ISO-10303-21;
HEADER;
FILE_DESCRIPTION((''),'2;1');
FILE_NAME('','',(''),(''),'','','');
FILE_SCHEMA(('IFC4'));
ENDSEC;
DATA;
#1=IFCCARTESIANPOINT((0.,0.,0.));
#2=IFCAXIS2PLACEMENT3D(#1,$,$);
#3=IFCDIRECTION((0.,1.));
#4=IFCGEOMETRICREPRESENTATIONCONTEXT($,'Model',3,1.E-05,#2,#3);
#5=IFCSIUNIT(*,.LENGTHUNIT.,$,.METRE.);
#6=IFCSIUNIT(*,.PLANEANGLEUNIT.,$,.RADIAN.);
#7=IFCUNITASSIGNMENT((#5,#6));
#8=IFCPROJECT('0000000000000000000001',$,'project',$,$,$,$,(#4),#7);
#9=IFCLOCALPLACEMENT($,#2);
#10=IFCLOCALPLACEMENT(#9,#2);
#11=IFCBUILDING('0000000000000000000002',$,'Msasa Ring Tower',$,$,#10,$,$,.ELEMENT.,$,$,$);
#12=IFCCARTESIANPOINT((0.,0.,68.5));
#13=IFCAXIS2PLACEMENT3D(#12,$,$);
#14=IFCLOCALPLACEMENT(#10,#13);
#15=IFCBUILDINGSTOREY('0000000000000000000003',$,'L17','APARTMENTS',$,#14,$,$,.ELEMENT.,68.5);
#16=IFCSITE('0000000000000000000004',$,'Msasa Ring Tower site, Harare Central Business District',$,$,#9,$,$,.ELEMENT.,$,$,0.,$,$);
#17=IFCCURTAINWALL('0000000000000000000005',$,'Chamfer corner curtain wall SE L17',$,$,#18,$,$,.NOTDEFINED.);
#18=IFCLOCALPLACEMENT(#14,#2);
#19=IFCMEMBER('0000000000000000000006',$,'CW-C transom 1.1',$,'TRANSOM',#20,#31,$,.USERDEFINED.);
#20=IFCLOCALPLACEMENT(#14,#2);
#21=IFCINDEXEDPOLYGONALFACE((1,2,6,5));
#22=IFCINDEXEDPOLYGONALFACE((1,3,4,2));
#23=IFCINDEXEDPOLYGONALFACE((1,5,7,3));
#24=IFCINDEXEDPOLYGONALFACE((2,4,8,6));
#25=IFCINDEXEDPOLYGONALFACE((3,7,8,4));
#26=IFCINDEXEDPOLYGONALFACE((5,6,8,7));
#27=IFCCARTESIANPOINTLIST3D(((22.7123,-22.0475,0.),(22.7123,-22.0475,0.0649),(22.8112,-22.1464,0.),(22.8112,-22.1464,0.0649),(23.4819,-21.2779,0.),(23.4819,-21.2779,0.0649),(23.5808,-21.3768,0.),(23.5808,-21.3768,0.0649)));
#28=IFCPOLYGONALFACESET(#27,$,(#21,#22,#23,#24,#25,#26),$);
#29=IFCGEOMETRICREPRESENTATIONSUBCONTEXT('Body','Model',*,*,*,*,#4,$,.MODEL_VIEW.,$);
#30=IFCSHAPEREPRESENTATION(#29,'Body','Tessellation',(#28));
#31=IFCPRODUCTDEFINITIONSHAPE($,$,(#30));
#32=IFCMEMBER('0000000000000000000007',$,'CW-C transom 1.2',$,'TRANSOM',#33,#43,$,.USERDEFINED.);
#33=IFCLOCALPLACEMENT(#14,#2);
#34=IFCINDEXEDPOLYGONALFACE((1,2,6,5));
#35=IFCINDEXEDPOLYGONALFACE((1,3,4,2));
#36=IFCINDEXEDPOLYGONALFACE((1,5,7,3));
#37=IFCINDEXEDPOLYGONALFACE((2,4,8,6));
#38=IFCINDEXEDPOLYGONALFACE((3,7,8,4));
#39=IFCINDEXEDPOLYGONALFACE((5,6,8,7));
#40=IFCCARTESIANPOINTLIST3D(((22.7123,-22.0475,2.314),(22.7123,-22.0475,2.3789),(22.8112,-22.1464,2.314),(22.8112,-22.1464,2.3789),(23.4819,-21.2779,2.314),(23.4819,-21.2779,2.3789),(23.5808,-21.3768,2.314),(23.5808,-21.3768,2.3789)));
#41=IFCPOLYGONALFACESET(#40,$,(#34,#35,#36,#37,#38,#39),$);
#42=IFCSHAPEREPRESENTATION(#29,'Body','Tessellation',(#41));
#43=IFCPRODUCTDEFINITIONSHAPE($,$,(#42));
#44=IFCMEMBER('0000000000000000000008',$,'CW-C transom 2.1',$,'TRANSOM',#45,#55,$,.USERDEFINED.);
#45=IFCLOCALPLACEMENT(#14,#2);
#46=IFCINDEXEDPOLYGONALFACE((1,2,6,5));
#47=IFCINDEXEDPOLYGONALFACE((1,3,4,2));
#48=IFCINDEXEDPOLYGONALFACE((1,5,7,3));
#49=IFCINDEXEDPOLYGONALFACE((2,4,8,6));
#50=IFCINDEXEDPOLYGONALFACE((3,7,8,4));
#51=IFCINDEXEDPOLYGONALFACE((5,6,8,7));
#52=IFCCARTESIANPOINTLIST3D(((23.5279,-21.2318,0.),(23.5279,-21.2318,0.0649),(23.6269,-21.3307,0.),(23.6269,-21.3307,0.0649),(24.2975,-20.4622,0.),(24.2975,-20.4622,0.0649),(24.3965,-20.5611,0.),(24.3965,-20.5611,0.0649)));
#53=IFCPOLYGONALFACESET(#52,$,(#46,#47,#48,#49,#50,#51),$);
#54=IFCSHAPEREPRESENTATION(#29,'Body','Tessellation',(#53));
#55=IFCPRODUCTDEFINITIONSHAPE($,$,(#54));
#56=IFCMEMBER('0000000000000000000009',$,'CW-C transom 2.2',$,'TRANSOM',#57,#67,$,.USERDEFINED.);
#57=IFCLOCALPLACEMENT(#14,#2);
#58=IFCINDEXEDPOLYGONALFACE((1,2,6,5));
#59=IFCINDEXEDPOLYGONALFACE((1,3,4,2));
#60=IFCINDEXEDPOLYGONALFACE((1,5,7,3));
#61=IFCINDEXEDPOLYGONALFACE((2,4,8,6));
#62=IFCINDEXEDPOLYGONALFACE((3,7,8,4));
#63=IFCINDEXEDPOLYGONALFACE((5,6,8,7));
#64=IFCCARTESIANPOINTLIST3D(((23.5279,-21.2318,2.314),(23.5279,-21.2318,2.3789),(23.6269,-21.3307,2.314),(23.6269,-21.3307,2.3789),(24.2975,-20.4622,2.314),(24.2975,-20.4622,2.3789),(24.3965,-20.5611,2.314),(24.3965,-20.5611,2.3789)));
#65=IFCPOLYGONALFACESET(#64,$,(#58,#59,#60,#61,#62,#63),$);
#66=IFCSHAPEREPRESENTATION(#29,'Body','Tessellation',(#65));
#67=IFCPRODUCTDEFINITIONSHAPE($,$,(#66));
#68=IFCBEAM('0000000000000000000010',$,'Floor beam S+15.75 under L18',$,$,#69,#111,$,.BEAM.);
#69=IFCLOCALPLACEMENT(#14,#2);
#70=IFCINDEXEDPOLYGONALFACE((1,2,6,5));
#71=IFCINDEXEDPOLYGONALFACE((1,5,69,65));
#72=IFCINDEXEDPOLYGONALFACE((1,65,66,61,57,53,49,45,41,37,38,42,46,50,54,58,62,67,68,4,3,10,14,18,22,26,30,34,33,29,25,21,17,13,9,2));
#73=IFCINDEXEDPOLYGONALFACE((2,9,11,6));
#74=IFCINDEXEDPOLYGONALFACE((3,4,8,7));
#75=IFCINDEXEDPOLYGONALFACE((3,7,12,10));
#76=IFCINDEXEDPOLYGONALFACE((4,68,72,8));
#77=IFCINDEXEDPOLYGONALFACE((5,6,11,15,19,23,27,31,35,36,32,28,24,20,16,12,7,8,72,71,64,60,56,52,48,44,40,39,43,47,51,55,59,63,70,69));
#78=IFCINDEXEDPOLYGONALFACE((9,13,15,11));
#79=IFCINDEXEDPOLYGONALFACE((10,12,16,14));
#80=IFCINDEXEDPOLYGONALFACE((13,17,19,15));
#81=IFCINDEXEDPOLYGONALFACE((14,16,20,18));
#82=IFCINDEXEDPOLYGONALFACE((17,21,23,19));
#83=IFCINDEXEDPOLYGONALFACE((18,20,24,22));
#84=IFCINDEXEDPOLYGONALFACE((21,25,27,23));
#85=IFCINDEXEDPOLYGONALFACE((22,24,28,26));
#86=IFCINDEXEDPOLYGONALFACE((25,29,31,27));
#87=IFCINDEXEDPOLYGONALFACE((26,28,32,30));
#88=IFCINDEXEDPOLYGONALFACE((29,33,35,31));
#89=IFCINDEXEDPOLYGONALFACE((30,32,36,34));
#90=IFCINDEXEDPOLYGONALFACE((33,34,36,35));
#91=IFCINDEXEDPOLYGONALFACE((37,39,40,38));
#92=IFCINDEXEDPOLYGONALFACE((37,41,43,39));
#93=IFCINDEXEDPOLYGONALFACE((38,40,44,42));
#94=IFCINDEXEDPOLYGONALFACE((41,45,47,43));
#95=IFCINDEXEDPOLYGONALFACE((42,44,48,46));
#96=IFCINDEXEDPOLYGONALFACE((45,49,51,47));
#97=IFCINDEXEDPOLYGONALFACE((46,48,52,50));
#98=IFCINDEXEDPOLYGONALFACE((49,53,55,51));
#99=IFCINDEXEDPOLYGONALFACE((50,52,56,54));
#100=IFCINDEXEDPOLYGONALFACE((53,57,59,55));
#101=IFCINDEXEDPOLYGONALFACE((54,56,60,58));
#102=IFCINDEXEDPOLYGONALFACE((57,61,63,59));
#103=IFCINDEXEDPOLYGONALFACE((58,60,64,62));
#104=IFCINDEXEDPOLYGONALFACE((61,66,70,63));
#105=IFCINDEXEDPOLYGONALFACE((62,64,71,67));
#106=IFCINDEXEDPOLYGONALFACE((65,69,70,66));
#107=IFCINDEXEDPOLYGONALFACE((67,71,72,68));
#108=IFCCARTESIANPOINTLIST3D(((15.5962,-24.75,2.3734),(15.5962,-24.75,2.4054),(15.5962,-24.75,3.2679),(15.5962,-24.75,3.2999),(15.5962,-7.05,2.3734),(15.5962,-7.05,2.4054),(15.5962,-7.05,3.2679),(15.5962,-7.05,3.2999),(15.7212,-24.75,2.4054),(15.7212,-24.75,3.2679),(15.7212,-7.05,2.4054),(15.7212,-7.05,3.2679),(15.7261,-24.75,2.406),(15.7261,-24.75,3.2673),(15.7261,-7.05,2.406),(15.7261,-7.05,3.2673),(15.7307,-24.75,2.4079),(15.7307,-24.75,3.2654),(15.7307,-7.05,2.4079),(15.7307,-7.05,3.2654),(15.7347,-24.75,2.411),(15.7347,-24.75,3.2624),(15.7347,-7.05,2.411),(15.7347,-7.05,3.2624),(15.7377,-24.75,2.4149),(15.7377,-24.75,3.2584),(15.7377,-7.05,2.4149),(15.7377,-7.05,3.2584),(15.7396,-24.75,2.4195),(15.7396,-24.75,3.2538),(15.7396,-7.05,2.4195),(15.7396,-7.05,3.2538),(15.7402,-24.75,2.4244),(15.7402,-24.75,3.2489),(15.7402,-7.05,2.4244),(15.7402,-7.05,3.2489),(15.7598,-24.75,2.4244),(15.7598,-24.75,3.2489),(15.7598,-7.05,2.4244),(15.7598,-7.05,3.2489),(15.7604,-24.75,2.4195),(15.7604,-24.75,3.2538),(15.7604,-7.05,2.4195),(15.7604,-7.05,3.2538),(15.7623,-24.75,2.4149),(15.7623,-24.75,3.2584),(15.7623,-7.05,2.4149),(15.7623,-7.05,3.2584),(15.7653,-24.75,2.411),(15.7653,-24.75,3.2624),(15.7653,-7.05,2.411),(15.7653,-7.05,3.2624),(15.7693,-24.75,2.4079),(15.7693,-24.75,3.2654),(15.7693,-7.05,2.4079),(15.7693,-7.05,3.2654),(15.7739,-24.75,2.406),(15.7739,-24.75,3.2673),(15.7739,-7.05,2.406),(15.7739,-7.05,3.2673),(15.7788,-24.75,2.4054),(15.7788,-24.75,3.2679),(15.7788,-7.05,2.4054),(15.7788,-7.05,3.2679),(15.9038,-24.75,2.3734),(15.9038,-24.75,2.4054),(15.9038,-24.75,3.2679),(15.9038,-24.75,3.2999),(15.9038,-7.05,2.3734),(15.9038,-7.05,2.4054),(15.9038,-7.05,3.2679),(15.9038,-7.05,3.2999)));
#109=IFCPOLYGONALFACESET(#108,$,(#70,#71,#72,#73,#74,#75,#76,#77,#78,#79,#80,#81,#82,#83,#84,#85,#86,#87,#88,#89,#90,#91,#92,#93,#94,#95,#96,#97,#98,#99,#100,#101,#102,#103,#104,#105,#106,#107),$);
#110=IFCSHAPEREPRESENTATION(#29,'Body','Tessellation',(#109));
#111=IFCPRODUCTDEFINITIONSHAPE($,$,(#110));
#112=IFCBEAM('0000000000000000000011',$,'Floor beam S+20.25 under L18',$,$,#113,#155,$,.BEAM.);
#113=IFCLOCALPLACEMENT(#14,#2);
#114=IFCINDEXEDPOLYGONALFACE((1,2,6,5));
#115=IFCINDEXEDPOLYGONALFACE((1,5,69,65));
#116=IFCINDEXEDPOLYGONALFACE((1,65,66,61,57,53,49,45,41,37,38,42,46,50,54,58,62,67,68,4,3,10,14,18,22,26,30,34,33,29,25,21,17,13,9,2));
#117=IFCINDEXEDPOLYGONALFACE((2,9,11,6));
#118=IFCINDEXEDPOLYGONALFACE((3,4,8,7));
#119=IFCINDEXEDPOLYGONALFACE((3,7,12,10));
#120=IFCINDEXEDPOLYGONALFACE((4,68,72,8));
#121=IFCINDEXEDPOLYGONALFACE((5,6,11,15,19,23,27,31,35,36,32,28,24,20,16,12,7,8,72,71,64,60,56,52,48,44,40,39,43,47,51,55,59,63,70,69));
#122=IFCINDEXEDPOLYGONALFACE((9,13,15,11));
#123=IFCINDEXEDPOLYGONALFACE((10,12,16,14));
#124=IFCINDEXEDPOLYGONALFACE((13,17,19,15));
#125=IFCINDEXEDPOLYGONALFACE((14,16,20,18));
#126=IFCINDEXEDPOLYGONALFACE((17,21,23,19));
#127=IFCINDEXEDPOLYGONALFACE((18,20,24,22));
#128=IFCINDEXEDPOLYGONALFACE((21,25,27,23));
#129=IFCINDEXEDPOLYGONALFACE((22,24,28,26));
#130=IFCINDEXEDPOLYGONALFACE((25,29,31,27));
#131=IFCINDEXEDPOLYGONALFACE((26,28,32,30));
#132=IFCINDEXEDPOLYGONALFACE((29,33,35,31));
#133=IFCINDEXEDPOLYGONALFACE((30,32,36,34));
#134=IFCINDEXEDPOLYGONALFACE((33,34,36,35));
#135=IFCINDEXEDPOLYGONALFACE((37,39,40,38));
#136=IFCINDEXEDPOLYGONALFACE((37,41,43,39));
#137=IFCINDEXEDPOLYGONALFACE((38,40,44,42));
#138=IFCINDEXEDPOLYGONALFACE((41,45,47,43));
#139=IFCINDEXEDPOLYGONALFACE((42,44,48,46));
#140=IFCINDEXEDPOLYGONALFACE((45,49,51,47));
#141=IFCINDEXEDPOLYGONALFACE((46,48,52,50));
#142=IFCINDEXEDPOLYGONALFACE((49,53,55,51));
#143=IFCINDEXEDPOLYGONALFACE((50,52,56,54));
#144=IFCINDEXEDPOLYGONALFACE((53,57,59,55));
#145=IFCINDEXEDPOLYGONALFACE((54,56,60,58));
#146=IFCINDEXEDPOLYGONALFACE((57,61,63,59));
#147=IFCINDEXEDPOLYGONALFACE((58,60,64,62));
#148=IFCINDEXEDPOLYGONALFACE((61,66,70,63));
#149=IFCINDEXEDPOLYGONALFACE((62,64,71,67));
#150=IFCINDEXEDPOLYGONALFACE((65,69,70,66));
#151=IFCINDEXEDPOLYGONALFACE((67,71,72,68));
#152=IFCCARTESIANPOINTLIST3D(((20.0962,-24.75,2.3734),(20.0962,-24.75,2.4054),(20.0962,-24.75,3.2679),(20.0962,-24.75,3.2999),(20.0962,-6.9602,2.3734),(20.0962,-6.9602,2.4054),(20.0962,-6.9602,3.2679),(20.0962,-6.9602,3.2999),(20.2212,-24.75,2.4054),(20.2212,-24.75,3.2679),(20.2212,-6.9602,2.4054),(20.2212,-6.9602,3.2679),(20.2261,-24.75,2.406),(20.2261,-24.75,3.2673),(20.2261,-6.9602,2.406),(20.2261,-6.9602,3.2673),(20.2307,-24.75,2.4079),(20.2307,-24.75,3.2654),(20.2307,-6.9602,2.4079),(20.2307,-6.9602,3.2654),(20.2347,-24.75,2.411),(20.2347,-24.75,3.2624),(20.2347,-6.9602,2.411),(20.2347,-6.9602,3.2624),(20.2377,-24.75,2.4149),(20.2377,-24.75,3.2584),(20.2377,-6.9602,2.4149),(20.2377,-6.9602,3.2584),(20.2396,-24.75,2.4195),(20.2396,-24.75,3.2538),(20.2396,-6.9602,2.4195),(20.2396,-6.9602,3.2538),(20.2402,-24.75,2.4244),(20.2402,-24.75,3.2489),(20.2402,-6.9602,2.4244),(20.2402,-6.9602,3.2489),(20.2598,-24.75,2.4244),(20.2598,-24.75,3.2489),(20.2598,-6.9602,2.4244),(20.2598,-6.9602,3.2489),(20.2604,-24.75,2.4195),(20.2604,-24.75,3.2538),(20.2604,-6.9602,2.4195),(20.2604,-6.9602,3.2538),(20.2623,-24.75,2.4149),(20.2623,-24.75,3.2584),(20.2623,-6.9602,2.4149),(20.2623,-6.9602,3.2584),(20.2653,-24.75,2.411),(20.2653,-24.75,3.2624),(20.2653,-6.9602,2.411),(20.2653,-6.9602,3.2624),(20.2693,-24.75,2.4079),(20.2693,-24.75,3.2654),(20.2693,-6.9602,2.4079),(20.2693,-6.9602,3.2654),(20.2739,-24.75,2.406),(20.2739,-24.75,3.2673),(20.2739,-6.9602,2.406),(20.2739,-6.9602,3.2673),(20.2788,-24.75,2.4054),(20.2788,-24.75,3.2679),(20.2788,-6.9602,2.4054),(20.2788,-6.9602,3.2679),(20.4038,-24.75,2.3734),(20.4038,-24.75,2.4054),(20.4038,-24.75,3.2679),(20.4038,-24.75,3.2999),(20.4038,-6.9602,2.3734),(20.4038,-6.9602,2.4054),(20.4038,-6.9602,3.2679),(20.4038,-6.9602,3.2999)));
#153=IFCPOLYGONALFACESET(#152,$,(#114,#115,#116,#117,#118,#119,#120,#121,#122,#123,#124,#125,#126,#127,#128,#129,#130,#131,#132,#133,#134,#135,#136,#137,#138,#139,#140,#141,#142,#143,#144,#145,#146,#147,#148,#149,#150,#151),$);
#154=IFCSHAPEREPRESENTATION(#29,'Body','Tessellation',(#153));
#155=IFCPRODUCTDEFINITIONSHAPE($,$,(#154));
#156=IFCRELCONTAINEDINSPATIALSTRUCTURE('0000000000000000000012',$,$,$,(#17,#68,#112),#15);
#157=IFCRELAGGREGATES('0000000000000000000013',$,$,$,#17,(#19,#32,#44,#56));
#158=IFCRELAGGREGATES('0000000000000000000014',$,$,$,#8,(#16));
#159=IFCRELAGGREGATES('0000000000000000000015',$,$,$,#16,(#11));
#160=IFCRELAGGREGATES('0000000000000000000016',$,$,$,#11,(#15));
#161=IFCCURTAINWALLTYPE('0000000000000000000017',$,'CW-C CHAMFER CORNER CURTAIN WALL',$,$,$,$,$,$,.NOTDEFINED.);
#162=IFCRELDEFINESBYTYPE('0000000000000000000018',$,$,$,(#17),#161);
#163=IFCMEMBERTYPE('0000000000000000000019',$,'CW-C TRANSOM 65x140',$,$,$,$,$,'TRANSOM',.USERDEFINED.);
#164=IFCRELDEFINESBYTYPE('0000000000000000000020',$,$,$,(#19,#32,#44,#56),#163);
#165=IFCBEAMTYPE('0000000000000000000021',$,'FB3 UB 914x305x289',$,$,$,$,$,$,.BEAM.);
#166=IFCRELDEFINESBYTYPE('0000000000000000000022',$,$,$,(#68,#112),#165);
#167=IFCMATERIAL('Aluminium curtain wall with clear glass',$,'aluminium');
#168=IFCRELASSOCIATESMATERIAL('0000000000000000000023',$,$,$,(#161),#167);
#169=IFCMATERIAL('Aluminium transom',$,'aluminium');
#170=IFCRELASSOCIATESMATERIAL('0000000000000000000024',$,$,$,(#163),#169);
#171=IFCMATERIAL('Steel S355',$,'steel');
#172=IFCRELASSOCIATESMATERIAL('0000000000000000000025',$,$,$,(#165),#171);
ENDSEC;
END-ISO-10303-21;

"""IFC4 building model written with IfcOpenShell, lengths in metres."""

from ifc_helpers import new_model, si_unit, direction, frame, origin, origin_2d, place, context, subcontext, project, spatial, rectangle, i_section, extrude, material, material_profile, profile_set, type_object, element, aggregate, save


model = new_model("IFC4")

# Units and contexts
model_context = context("Model", 3, precision=1e-05, world=origin(), true_north=direction((0.0, 1.0)))
body_context = subcontext(model_context, "Body", "Model", "MODEL_VIEW")
ifc_project = project(units=[si_unit("LENGTHUNIT", "METRE"), si_unit("PLANEANGLEUNIT", "RADIAN")], contexts=[model_context])

# Site, building, storey
site_placement = place(None, origin())
site = spatial("IfcSite", under=ifc_project, at=site_placement, Name="Msasa Ring Tower site, Harare Central Business District", CompositionType="ELEMENT", RefElevation=0.0)
building_placement = place(site_placement, origin())
building = spatial("IfcBuilding", under=site, at=building_placement, Name="Msasa Ring Tower", CompositionType="ELEMENT")
storey_placement = place(building_placement, frame((0.0, 0.0, 68.5)))
storey = spatial("IfcBuildingStorey", under=building, at=storey_placement, Name="L17", Description="APARTMENTS", CompositionType="ELEMENT", Elevation=68.5)

# Curtain wall
ifc_material_1 = material(Name="Aluminium curtain wall with clear glass", Category="aluminium")
curtain_wall_type = type_object("IfcCurtainWallType", Name="CW-C CHAMFER CORNER CURTAIN WALL", PredefinedType="NOTDEFINED", material=ifc_material_1)
curtain_wall_1_placement = place(storey_placement, origin())
curtain_wall_1 = element("IfcCurtainWall", 1, at=curtain_wall_1_placement, inside=storey, type_object=curtain_wall_type, Name="Chamfer corner curtain wall SE L17", PredefinedType="NOTDEFINED")

# Members
ifc_material_2 = material(Name="Aluminium transom", Category="aluminium")
ifc_material_profile_1 = material_profile(ifc_material_2, rectangle(XDim=0.1399, YDim=0.0649, at=origin_2d()), Name="AL 65x140")
ifc_profile_set_1 = profile_set([ifc_material_profile_1], Name="Aluminium transom")
member_type_1 = type_object("IfcMemberType", Name="CW-C TRANSOM 65x140", ElementType="TRANSOM", PredefinedType="USERDEFINED", material=ifc_profile_set_1)
member_1_placement = place(storey_placement, frame((22.7617, -22.0969, 0.0325), z_axis=(0.707107, 0.707107, 0.0), x_axis=(-0.707107, 0.707107, 0.0)))
member_1 = element("IfcMember", 2, at=member_1_placement, type_object=member_type_1, Name="CW-C transom 1.1", ObjectType="TRANSOM", PredefinedType="USERDEFINED", context=body_context, shape_type="SweptSolid", body=[
    extrude(rectangle(XDim=0.1399, YDim=0.0649, at=origin_2d()), origin(), (0.0, 0.0, 1.0), 1.0884),
])
member_2_placement = place(storey_placement, frame((22.7617, -22.0969, 2.3464), z_axis=(0.707107, 0.707107, 0.0), x_axis=(-0.707107, 0.707107, 0.0)))
member_2 = element("IfcMember", 3, at=member_2_placement, type_object=member_type_1, Name="CW-C transom 1.2", ObjectType="TRANSOM", PredefinedType="USERDEFINED", context=body_context, shape_type="SweptSolid", body=[
    extrude(rectangle(XDim=0.1399, YDim=0.0649, at=origin_2d()), origin(), (0.0, 0.0, 1.0), 1.0884),
])
member_3_placement = place(storey_placement, frame((23.5774, -21.2812, 0.0325), z_axis=(0.707107, 0.707107, 0.0), x_axis=(-0.707107, 0.707107, 0.0)))
member_3 = element("IfcMember", 4, at=member_3_placement, type_object=member_type_1, Name="CW-C transom 2.1", ObjectType="TRANSOM", PredefinedType="USERDEFINED", context=body_context, shape_type="SweptSolid", body=[
    extrude(rectangle(XDim=0.1399, YDim=0.0649, at=origin_2d()), origin(), (0.0, 0.0, 1.0), 1.0884),
])
member_4_placement = place(storey_placement, frame((23.5774, -21.2812, 2.3464), z_axis=(0.707107, 0.707107, 0.0), x_axis=(-0.707107, 0.707107, 0.0)))
member_4 = element("IfcMember", 5, at=member_4_placement, type_object=member_type_1, Name="CW-C transom 2.2", ObjectType="TRANSOM", PredefinedType="USERDEFINED", context=body_context, shape_type="SweptSolid", body=[
    extrude(rectangle(XDim=0.1399, YDim=0.0649, at=origin_2d()), origin(), (0.0, 0.0, 1.0), 1.0884),
])

# Beams
ifc_material_3 = material(Name="Steel S355", Category="steel")
ifc_material_profile_2 = material_profile(ifc_material_3, i_section(OverallWidth=0.3076, OverallDepth=0.9265, WebThickness=0.0195, FlangeThickness=0.032, FilletRadius=0.019, at=origin_2d()), Name="UB 914x305x289")
ifc_profile_set_2 = profile_set([ifc_material_profile_2], Name="Steel S355")
beam_type_1 = type_object("IfcBeamType", Name="FB3 UB 914x305x289", PredefinedType="BEAM", material=ifc_profile_set_2)
beam_1_placement = place(storey_placement, frame((15.75, -24.75, 2.8367), z_axis=(0.0, 1.0, 0.0), x_axis=(-1.0, 0.0, 0.0)))
element("IfcBeam", 6, at=beam_1_placement, inside=storey, type_object=beam_type_1, Name="Floor beam S+15.75 under L18", PredefinedType="BEAM", context=body_context, shape_type="SweptSolid", body=[
    extrude(i_section(OverallWidth=0.3076, OverallDepth=0.9265, WebThickness=0.0195, FlangeThickness=0.032, FilletRadius=0.019, at=origin_2d()), origin(), (0.0, 0.0, 1.0), 17.7),
])
beam_2_placement = place(storey_placement, frame((20.25, -24.75, 2.8367), z_axis=(0.0, 1.0, 0.0), x_axis=(-1.0, 0.0, 0.0)))
element("IfcBeam", 7, at=beam_2_placement, inside=storey, type_object=beam_type_1, Name="Floor beam S+20.25 under L18", PredefinedType="BEAM", context=body_context, shape_type="SweptSolid", body=[
    extrude(i_section(OverallWidth=0.3076, OverallDepth=0.9265, WebThickness=0.0195, FlangeThickness=0.032, FilletRadius=0.019, at=origin_2d()), origin(), (0.0, 0.0, 1.0), 17.7898),
])

aggregate(curtain_wall_1, [member_1, member_2, member_3, member_4])

save(model, "model.ifc")
